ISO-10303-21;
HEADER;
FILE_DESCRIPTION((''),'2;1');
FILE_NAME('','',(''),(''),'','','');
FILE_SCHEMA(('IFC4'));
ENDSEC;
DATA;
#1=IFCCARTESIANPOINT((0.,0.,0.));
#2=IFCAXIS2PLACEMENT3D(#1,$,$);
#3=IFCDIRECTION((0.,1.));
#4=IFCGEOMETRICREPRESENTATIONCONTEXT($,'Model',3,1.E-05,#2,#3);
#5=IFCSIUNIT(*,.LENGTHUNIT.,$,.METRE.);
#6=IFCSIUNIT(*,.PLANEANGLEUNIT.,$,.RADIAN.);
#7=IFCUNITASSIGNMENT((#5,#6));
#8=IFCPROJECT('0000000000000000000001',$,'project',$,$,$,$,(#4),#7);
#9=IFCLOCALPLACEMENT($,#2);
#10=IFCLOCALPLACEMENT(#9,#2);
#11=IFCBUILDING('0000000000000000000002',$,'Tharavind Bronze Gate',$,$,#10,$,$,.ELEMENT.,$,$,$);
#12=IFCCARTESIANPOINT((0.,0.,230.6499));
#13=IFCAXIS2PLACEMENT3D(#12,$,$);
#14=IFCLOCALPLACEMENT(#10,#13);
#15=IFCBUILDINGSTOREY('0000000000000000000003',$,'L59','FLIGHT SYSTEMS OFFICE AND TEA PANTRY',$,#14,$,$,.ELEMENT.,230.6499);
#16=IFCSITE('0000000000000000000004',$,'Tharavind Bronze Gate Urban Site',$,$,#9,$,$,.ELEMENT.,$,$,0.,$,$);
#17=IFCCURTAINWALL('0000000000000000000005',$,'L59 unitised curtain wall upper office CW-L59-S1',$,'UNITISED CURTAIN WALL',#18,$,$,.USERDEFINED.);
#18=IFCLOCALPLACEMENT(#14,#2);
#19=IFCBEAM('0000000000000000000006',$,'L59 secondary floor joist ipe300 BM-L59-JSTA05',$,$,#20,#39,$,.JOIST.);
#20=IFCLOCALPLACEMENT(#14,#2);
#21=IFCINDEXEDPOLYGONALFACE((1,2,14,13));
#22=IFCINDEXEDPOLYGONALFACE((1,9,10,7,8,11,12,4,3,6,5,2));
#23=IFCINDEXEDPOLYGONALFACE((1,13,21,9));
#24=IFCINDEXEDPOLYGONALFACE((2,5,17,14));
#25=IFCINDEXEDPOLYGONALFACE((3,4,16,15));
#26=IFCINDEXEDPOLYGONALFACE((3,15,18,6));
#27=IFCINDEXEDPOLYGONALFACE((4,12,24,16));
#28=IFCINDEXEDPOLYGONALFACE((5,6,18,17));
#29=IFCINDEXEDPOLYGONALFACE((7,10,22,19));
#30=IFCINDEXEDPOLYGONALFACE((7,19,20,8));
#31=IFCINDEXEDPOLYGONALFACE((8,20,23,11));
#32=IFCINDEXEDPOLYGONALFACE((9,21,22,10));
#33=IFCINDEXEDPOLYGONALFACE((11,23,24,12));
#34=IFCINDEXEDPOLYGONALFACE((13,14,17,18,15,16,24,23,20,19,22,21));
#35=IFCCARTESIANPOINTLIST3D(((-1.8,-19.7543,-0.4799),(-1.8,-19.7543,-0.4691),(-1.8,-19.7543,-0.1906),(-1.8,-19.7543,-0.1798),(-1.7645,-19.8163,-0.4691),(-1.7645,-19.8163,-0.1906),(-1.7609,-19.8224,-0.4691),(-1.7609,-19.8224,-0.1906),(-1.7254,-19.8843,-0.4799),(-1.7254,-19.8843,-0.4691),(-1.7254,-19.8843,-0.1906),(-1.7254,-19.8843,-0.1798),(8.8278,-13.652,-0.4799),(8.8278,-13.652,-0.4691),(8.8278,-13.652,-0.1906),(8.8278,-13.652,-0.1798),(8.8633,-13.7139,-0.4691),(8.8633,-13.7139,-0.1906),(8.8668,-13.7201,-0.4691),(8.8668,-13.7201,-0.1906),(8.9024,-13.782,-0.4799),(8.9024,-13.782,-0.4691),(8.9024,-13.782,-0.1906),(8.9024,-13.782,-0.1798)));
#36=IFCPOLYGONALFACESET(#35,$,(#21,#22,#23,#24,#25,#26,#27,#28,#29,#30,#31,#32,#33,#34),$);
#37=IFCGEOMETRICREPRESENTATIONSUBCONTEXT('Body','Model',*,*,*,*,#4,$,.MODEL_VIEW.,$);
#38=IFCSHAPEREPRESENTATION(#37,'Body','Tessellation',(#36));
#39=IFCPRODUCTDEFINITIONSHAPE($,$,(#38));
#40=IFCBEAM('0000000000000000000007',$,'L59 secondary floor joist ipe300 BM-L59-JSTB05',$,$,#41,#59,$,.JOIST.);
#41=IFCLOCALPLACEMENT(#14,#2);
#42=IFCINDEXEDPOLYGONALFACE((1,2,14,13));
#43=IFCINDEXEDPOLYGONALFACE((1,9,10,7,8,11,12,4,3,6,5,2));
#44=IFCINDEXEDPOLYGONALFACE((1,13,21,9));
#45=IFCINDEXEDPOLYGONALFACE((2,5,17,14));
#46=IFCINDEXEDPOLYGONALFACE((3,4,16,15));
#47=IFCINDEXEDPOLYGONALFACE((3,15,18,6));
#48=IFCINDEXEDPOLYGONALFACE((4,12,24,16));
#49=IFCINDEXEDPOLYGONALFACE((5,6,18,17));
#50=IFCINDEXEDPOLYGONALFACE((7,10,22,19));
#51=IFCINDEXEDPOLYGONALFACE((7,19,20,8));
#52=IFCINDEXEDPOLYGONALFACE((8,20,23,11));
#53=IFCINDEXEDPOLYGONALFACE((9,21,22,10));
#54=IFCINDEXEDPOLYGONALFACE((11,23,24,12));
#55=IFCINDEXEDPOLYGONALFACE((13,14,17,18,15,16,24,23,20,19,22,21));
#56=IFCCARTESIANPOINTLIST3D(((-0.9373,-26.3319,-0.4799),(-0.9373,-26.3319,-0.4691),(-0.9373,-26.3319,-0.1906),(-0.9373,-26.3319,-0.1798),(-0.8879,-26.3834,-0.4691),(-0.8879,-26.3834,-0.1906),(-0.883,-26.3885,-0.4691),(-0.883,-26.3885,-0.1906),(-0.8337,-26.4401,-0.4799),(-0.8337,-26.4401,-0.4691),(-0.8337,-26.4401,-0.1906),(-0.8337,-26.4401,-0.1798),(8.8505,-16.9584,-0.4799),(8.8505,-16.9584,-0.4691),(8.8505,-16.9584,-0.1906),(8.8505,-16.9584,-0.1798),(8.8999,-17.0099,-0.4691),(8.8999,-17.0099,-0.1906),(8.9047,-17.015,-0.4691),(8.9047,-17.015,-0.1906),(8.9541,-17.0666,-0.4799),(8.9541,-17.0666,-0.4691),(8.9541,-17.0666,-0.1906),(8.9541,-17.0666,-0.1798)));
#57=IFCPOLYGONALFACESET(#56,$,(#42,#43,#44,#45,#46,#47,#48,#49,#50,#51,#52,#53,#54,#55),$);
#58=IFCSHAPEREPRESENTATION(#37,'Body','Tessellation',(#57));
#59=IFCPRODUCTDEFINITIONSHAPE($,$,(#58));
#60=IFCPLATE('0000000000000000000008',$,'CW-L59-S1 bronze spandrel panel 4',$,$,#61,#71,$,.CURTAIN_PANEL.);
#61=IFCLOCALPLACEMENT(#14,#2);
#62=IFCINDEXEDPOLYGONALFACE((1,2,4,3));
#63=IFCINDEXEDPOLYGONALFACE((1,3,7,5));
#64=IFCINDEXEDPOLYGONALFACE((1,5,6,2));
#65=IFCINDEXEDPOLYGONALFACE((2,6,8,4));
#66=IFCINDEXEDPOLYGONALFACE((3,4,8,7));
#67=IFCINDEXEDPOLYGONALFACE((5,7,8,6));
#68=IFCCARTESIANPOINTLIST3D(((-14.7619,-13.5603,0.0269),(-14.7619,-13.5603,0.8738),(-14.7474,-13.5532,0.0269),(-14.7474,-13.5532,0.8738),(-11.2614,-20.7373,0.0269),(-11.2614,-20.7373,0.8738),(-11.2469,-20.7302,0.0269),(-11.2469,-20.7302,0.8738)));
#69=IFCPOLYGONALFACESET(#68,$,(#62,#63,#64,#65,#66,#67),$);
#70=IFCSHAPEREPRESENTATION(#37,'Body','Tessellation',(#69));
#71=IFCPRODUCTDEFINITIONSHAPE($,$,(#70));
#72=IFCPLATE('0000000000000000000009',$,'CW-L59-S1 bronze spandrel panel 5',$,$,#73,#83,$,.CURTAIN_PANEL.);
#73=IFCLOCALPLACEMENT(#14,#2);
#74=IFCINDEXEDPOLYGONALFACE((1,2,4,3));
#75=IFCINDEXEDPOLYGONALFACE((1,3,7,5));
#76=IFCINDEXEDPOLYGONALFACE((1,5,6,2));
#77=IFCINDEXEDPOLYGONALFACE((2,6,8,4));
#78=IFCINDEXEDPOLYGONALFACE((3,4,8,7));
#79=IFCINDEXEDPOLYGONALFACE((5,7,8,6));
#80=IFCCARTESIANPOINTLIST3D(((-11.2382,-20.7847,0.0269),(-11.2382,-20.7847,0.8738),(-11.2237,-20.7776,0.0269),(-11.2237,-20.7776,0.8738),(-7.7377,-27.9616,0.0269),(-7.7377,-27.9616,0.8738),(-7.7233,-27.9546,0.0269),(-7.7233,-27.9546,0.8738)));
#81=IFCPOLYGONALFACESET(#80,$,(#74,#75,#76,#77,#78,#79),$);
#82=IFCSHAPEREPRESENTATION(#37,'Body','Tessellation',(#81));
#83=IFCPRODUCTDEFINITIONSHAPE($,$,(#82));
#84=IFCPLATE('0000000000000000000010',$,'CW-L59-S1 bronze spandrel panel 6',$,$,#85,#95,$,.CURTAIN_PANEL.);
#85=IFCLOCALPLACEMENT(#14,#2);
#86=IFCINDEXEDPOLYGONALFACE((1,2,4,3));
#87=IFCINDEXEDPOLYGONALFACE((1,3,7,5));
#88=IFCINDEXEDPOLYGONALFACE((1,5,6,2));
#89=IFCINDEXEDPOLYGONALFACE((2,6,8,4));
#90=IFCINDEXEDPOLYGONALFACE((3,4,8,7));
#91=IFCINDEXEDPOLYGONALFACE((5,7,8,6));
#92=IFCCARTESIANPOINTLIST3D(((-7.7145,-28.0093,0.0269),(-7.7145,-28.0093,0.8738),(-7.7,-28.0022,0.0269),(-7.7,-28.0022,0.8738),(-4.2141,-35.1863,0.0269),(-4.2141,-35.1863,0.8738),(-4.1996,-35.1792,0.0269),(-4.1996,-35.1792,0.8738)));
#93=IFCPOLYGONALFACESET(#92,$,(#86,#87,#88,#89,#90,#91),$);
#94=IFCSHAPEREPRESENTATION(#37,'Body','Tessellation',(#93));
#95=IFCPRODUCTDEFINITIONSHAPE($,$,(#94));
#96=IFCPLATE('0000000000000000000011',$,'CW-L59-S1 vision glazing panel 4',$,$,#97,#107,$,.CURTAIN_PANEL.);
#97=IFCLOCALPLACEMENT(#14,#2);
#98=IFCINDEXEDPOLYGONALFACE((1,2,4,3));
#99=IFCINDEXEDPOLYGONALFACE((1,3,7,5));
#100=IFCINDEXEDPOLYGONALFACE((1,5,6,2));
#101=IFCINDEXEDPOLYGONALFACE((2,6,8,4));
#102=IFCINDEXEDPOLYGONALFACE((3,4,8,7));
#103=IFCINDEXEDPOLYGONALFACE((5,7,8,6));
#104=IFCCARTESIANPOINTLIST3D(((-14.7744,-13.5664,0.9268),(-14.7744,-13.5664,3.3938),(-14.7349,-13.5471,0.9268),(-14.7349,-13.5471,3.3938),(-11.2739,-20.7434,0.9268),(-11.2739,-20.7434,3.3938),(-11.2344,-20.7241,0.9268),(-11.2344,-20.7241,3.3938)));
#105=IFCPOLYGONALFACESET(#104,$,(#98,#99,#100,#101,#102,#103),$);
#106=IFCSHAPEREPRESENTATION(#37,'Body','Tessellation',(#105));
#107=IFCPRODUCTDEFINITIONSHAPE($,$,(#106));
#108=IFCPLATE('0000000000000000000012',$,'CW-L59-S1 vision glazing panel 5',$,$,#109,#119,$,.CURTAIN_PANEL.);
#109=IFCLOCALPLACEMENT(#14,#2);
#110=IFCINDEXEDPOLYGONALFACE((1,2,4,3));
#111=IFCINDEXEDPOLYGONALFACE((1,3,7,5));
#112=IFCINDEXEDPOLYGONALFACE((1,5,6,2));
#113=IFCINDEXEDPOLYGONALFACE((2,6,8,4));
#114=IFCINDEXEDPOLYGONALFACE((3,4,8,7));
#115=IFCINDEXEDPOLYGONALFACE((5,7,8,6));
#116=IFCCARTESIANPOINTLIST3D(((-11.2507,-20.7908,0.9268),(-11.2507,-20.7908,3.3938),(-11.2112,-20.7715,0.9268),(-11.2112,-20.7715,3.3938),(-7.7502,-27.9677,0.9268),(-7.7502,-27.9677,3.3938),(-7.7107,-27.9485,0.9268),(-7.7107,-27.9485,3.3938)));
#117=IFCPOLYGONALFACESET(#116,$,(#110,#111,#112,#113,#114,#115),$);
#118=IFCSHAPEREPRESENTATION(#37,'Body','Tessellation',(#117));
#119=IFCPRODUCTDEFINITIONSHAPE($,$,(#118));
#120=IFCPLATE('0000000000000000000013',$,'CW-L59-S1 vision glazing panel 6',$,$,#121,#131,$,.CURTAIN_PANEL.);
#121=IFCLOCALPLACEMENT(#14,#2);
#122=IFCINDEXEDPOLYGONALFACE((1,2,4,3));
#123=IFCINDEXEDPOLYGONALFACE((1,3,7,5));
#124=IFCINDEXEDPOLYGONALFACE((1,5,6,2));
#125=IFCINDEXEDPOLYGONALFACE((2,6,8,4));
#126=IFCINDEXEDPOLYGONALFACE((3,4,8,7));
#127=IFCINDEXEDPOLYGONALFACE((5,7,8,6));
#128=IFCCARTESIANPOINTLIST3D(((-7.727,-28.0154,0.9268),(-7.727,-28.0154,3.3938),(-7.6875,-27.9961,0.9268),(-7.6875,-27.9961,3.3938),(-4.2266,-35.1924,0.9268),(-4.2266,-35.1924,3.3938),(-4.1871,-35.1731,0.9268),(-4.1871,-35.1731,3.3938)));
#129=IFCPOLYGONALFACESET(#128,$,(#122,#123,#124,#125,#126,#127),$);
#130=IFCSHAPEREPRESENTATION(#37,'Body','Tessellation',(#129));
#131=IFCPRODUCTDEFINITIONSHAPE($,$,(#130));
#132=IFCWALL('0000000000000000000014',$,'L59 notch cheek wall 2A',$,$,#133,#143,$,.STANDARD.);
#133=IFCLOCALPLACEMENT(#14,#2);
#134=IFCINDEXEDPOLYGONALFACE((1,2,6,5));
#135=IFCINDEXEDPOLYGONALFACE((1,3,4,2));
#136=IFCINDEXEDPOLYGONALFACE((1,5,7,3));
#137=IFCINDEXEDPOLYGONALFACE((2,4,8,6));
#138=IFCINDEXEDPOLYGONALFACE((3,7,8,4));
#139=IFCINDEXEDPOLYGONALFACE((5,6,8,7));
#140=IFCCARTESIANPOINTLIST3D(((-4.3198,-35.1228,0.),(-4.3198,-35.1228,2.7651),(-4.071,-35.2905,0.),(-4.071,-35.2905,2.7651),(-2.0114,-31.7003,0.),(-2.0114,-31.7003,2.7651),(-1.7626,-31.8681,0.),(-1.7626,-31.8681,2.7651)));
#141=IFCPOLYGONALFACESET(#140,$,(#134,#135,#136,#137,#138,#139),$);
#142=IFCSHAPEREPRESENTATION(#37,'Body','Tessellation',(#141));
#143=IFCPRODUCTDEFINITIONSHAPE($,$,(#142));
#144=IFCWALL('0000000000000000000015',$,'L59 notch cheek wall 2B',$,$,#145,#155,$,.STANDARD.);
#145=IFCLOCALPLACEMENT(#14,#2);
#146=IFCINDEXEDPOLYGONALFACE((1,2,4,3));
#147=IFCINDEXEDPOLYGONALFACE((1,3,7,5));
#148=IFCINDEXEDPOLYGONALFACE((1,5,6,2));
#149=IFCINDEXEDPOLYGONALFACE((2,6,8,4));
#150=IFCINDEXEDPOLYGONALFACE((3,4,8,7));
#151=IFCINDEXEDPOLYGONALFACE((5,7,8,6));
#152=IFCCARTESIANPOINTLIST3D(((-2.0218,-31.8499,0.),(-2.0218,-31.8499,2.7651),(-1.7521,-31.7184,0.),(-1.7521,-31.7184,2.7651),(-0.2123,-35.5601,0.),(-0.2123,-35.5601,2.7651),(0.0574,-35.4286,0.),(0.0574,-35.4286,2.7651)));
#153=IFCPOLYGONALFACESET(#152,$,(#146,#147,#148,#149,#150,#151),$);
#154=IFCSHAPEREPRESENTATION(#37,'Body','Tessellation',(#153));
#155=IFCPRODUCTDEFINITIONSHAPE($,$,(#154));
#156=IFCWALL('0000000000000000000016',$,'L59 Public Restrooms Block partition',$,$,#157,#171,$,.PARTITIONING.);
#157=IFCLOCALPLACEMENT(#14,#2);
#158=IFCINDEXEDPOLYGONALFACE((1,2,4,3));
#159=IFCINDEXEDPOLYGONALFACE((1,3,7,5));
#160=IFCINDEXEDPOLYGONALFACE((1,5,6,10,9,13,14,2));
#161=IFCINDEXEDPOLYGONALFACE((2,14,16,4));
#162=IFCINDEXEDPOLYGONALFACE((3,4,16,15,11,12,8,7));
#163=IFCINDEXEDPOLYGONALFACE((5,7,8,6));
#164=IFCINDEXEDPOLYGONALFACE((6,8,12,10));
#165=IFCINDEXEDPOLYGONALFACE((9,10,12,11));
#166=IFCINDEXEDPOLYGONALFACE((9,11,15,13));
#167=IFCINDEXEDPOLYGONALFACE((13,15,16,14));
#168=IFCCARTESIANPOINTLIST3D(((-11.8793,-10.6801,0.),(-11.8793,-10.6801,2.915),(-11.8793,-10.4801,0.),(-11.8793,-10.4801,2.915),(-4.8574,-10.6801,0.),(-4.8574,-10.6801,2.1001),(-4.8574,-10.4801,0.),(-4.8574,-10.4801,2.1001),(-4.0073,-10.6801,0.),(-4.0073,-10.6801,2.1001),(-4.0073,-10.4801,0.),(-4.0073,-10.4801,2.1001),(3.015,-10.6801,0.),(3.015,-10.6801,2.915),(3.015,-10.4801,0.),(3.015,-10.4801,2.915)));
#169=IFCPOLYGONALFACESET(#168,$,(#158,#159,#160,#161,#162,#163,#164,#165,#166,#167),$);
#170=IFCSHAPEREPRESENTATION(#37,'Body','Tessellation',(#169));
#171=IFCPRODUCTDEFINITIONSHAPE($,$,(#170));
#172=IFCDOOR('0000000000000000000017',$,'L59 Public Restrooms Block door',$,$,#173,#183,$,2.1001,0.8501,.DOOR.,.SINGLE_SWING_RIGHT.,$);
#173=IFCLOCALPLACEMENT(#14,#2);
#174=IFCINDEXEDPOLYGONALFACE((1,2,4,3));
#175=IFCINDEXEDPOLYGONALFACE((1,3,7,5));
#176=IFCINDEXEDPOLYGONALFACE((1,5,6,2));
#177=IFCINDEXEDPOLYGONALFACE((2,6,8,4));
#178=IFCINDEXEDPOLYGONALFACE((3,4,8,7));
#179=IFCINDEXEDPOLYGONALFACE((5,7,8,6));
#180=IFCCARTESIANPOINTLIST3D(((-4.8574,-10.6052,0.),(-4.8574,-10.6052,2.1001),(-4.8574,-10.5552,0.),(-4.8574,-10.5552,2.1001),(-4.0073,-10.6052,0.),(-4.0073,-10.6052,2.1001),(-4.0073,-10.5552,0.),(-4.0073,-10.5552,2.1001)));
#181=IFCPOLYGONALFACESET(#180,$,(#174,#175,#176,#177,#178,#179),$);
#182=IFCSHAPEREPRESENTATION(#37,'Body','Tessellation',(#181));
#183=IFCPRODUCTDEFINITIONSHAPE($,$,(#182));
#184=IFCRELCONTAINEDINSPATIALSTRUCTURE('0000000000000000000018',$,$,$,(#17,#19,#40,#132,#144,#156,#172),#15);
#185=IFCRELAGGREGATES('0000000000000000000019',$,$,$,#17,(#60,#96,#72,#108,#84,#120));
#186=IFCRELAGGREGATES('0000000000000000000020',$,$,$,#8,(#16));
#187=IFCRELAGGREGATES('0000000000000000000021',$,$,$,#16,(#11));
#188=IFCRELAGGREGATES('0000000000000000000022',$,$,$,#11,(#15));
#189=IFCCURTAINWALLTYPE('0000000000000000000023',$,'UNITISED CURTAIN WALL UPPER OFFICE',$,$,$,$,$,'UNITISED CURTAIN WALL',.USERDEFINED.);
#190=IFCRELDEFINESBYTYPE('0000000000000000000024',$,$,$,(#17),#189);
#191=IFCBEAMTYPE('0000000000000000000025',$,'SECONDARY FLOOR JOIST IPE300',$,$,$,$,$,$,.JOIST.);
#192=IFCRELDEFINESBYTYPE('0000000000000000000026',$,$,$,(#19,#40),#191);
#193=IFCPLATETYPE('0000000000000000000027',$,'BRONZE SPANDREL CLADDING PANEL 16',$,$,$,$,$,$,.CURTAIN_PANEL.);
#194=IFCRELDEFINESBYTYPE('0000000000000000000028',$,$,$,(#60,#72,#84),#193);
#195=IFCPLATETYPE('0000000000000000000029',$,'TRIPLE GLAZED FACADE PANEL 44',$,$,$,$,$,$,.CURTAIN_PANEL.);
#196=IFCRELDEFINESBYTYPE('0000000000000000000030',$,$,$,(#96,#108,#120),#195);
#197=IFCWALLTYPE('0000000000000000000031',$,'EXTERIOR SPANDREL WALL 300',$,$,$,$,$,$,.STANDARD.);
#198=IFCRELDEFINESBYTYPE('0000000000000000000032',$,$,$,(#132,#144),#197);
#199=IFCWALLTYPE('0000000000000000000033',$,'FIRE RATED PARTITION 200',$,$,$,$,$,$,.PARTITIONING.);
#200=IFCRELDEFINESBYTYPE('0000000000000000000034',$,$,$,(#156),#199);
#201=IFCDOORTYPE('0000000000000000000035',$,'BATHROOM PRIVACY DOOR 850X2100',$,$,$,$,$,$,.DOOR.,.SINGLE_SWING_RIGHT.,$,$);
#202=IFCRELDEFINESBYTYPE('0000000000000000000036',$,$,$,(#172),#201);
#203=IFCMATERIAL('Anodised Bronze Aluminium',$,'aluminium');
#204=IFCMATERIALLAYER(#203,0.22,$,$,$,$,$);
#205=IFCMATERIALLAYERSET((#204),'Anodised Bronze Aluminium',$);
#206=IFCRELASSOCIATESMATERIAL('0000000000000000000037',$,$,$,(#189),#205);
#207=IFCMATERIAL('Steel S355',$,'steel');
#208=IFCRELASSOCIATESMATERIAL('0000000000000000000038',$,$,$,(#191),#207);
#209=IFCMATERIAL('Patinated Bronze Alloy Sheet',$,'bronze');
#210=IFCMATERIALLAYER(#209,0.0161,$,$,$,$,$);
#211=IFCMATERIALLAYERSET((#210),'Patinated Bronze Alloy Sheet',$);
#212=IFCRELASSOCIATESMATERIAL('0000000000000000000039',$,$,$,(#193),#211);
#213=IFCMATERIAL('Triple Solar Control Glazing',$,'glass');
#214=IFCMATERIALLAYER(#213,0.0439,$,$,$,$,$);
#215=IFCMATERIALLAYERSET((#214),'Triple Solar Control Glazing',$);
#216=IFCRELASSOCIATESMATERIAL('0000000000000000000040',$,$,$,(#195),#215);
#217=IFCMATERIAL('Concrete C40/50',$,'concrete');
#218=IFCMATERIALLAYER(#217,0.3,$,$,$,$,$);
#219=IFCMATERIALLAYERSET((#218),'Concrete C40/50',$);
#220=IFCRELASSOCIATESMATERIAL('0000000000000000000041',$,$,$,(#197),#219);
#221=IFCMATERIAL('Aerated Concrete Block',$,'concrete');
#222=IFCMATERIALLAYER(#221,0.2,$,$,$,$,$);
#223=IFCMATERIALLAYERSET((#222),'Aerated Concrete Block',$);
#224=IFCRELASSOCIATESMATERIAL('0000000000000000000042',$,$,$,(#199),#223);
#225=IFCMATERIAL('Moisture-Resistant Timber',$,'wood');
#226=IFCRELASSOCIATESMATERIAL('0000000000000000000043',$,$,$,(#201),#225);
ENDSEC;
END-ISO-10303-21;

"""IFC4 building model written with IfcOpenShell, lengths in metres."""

from ifc_helpers import new_model, si_unit, direction, frame, frame_2d, origin, origin_2d, place, context, subcontext, project, spatial, rectangle, i_section, extrude, material, layer, layer_set, material_profile, profile_set, type_object, element, fill, aggregate, save


model = new_model("IFC4")

# Units and contexts
model_context = context("Model", 3, precision=1e-05, world=origin(), true_north=direction((0.0, 1.0)))
body_context = subcontext(model_context, "Body", "Model", "MODEL_VIEW")
ifc_project = project(units=[si_unit("LENGTHUNIT", "METRE"), si_unit("PLANEANGLEUNIT", "RADIAN")], contexts=[model_context])

# Site, building, storey
site_placement = place(None, origin())
site = spatial("IfcSite", under=ifc_project, at=site_placement, Name="Tharavind Bronze Gate Urban Site", CompositionType="ELEMENT", RefElevation=0.0)
building_placement = place(site_placement, origin())
building = spatial("IfcBuilding", under=site, at=building_placement, Name="Tharavind Bronze Gate", CompositionType="ELEMENT")
storey_placement = place(building_placement, frame((0.0, 0.0, 230.6499)))
storey = spatial("IfcBuildingStorey", under=building, at=storey_placement, Name="L59", Description="FLIGHT SYSTEMS OFFICE AND TEA PANTRY", CompositionType="ELEMENT", Elevation=230.6499)

# Curtain wall
ifc_material_1 = material(Name="Anodised Bronze Aluminium", Category="aluminium")
ifc_layer_1 = layer(ifc_material_1, 0.22)
ifc_layer_set_1 = layer_set([ifc_layer_1], Name="Anodised Bronze Aluminium")
curtain_wall_type = type_object("IfcCurtainWallType", Name="UNITISED CURTAIN WALL UPPER OFFICE", ElementType="UNITISED CURTAIN WALL", PredefinedType="USERDEFINED", material=ifc_layer_set_1)
curtain_wall_1_placement = place(storey_placement, origin())
curtain_wall_1 = element("IfcCurtainWall", 1, at=curtain_wall_1_placement, inside=storey, type_object=curtain_wall_type, Name="L59 unitised curtain wall upper office CW-L59-S1", ObjectType="UNITISED CURTAIN WALL", PredefinedType="USERDEFINED")

# Beams
ifc_material_2 = material(Name="Steel S355", Category="steel")
ifc_material_profile_1 = material_profile(ifc_material_2, i_section(OverallWidth=0.1499, OverallDepth=0.3, WebThickness=0.0071, FlangeThickness=0.0107, at=origin_2d()), Name="IPE300")
ifc_profile_set_1 = profile_set([ifc_material_profile_1], Name="Steel S355")
beam_type_1 = type_object("IfcBeamType", Name="SECONDARY FLOOR JOIST IPE300", PredefinedType="JOIST", material=ifc_profile_set_1)
beam_1_placement = place(storey_placement, frame((-1.7627, -19.8193, -0.3298), z_axis=(0.86721, 0.497942, 0.0), x_axis=(-0.497942, 0.86721, 0.0)))
element("IfcBeam", 2, at=beam_1_placement, inside=storey, type_object=beam_type_1, Name="L59 secondary floor joist ipe300 BM-L59-JSTA05", PredefinedType="JOIST", context=body_context, shape_type="SweptSolid", body=[
    extrude(i_section(OverallWidth=0.1499, OverallDepth=0.3, WebThickness=0.0071, FlangeThickness=0.0107, at=origin_2d()), origin(), (0.0, 0.0, 1.0), 12.2551),
])
beam_2_placement = place(storey_placement, frame((-0.8855, -26.386, -0.3298), z_axis=(0.722227, 0.691656, 0.0), x_axis=(-0.691656, 0.722227, 0.0)))
element("IfcBeam", 3, at=beam_2_placement, inside=storey, type_object=beam_type_1, Name="L59 secondary floor joist ipe300 BM-L59-JSTB05", PredefinedType="JOIST", context=body_context, shape_type="SweptSolid", body=[
    extrude(i_section(OverallWidth=0.1499, OverallDepth=0.3, WebThickness=0.0071, FlangeThickness=0.0107, at=origin_2d()), origin(), (0.0, 0.0, 1.0), 13.5522),
])

# Plates
ifc_material_3 = material(Name="Patinated Bronze Alloy Sheet", Category="bronze")
ifc_layer_2 = layer(ifc_material_3, 0.0161)
ifc_layer_set_2 = layer_set([ifc_layer_2], Name="Patinated Bronze Alloy Sheet")
plate_type_1 = type_object("IfcPlateType", Name="BRONZE SPANDREL CLADDING PANEL 16", PredefinedType="CURTAIN_PANEL", material=ifc_layer_set_2)
plate_1_placement = place(storey_placement, frame((-13.0044, -17.1453, 0.0269), z_axis=(0.0, 0.0, 1.0), x_axis=(0.438371, -0.898794, 0.0)))
plate_1 = element("IfcPlate", 4, at=plate_1_placement, type_object=plate_type_1, Name="CW-L59-S1 bronze spandrel panel 4", PredefinedType="CURTAIN_PANEL", context=body_context, shape_type="SweptSolid", body=[
    extrude(rectangle(XDim=7.9851, YDim=0.0161, at=origin_2d()), origin(), (0.0, 0.0, 1.0), 0.8469),
])
plate_2_placement = place(storey_placement, frame((-9.4807, -24.3696, 0.0269), z_axis=(0.0, 0.0, 1.0), x_axis=(0.438371, -0.898794, 0.0)))
plate_2 = element("IfcPlate", 5, at=plate_2_placement, type_object=plate_type_1, Name="CW-L59-S1 bronze spandrel panel 5", PredefinedType="CURTAIN_PANEL", context=body_context, shape_type="SweptSolid", body=[
    extrude(rectangle(XDim=7.9851, YDim=0.0161, at=origin_2d()), origin(), (0.0, 0.0, 1.0), 0.8469),
])
plate_3_placement = place(storey_placement, frame((-5.957, -31.5942, 0.0269), z_axis=(0.0, 0.0, 1.0), x_axis=(0.438371, -0.898794, 0.0)))
plate_3 = element("IfcPlate", 6, at=plate_3_placement, type_object=plate_type_1, Name="CW-L59-S1 bronze spandrel panel 6", PredefinedType="CURTAIN_PANEL", context=body_context, shape_type="SweptSolid", body=[
    extrude(rectangle(XDim=7.9851, YDim=0.0161, at=origin_2d()), origin(), (0.0, 0.0, 1.0), 0.8469),
])
ifc_material_4 = material(Name="Triple Solar Control Glazing", Category="glass")
ifc_layer_3 = layer(ifc_material_4, 0.0439)
ifc_layer_set_3 = layer_set([ifc_layer_3], Name="Triple Solar Control Glazing")
plate_type_2 = type_object("IfcPlateType", Name="TRIPLE GLAZED FACADE PANEL 44", PredefinedType="CURTAIN_PANEL", material=ifc_layer_set_3)
plate_4_placement = place(storey_placement, frame((-13.0044, -17.1453, 0.9268), z_axis=(0.0, 0.0, 1.0), x_axis=(0.438371, -0.898794, 0.0)))
plate_4 = element("IfcPlate", 7, at=plate_4_placement, type_object=plate_type_2, Name="CW-L59-S1 vision glazing panel 4", PredefinedType="CURTAIN_PANEL", context=body_context, shape_type="SweptSolid", body=[
    extrude(rectangle(XDim=7.9851, YDim=0.0439, at=origin_2d()), origin(), (0.0, 0.0, 1.0), 2.467),
])
plate_5_placement = place(storey_placement, frame((-9.4807, -24.3696, 0.9268), z_axis=(0.0, 0.0, 1.0), x_axis=(0.438371, -0.898794, 0.0)))
plate_5 = element("IfcPlate", 8, at=plate_5_placement, type_object=plate_type_2, Name="CW-L59-S1 vision glazing panel 5", PredefinedType="CURTAIN_PANEL", context=body_context, shape_type="SweptSolid", body=[
    extrude(rectangle(XDim=7.9851, YDim=0.0439, at=origin_2d()), origin(), (0.0, 0.0, 1.0), 2.467),
])
plate_6_placement = place(storey_placement, frame((-5.957, -31.5942, 0.9268), z_axis=(0.0, 0.0, 1.0), x_axis=(0.438371, -0.898794, 0.0)))
plate_6 = element("IfcPlate", 9, at=plate_6_placement, type_object=plate_type_2, Name="CW-L59-S1 vision glazing panel 6", PredefinedType="CURTAIN_PANEL", context=body_context, shape_type="SweptSolid", body=[
    extrude(rectangle(XDim=7.9851, YDim=0.0439, at=origin_2d()), origin(), (0.0, 0.0, 1.0), 2.467),
])
aggregate(curtain_wall_1, [plate_1, plate_4, plate_2, plate_5, plate_3, plate_6])

# Walls
ifc_material_5 = material(Name="Concrete C40/50", Category="concrete")
ifc_layer_4 = layer(ifc_material_5, 0.3)
ifc_layer_set_4 = layer_set([ifc_layer_4], Name="Concrete C40/50")
wall_type_1 = type_object("IfcWallType", Name="EXTERIOR SPANDREL WALL 300", PredefinedType="STANDARD", material=ifc_layer_set_4)
wall_1_placement = place(storey_placement, frame((-4.1953, -35.2065, 0.0), z_axis=(0.0, 0.0, 1.0), x_axis=(0.559182, 0.829045, 0.0)))
element("IfcWall", 10, at=wall_1_placement, inside=storey, type_object=wall_type_1, Name="L59 notch cheek wall 2A", PredefinedType="STANDARD", context=body_context, shape_type="SweptSolid", body=[
    extrude(rectangle(XDim=4.1282, YDim=0.3, at=frame_2d((2.064, 0.0))), origin(), (0.0, 0.0, 1.0), 2.7651),
])
wall_2_placement = place(storey_placement, frame((-1.887, -31.7842, 0.0), z_axis=(0.0, 0.0, 1.0), x_axis=(0.438368, -0.898796, 0.0)))
element("IfcWall", 11, at=wall_2_placement, inside=storey, type_object=wall_type_1, Name="L59 notch cheek wall 2B", PredefinedType="STANDARD", context=body_context, shape_type="SweptSolid", body=[
    extrude(rectangle(XDim=4.1279, YDim=0.3, at=frame_2d((2.064, 0.0))), origin(), (0.0, 0.0, 1.0), 2.7651),
])

# Wall, opening, door
ifc_material_6 = material(Name="Aerated Concrete Block", Category="concrete")
ifc_layer_5 = layer(ifc_material_6, 0.2)
ifc_layer_set_5 = layer_set([ifc_layer_5], Name="Aerated Concrete Block")
wall_type_2 = type_object("IfcWallType", Name="FIRE RATED PARTITION 200", PredefinedType="PARTITIONING", material=ifc_layer_set_5)
wall_3_placement = place(storey_placement, frame((-11.8794, -10.5801, 0.0), z_axis=(0.0, 0.0, 1.0), x_axis=(1.0, 0.0, 0.0)))
wall_3 = element("IfcWall", 12, at=wall_3_placement, inside=storey, type_object=wall_type_2, Name="L59 Public Restrooms Block partition", PredefinedType="PARTITIONING", context=body_context, shape_type="SweptSolid", body=[
    extrude(rectangle(XDim=14.8943, YDim=0.2, at=frame_2d((7.4473, 0.0))), origin(), (0.0, 0.0, 1.0), 2.915),
])
opening_placement = place(wall_3_placement, frame((7.022, 0.0, 0.0)))
opening = element("IfcOpeningElement", 13, at=opening_placement, cuts=wall_3, PredefinedType="OPENING", context=body_context, shape_type="SweptSolid", body=[
    extrude(rectangle(XDim=0.8501, YDim=2.1001, at=frame_2d((0.425, 1.05))), frame((0.0, 0.1101, 0.0), z_axis=(0.0, -1.0, 0.0), x_axis=(1.0, 0.0, 0.0)), (0.0, 0.0, 1.0), 0.22),
])
ifc_material_7 = material(Name="Moisture-Resistant Timber", Category="wood")
door_type = type_object("IfcDoorType", Name="BATHROOM PRIVACY DOOR 850X2100", OperationType="SINGLE_SWING_RIGHT", PredefinedType="DOOR", material=ifc_material_7)
door_placement = place(opening_placement, origin())
door = element("IfcDoor", 14, at=door_placement, inside=storey, type_object=door_type, Name="L59 Public Restrooms Block door", OperationType="SINGLE_SWING_RIGHT", OverallHeight=2.1001, OverallWidth=0.8501, PredefinedType="DOOR", context=body_context, shape_type="SweptSolid", body=[
    extrude(rectangle(XDim=0.8501, YDim=2.1001, at=frame_2d((0.425, 1.05))), frame((0.0, 0.0249, 0.0), z_axis=(0.0, -1.0, 0.0), x_axis=(1.0, 0.0, 0.0)), (0.0, 0.0, 1.0), 0.05),
])
fill(opening, door)

save(model, "model.ifc")
